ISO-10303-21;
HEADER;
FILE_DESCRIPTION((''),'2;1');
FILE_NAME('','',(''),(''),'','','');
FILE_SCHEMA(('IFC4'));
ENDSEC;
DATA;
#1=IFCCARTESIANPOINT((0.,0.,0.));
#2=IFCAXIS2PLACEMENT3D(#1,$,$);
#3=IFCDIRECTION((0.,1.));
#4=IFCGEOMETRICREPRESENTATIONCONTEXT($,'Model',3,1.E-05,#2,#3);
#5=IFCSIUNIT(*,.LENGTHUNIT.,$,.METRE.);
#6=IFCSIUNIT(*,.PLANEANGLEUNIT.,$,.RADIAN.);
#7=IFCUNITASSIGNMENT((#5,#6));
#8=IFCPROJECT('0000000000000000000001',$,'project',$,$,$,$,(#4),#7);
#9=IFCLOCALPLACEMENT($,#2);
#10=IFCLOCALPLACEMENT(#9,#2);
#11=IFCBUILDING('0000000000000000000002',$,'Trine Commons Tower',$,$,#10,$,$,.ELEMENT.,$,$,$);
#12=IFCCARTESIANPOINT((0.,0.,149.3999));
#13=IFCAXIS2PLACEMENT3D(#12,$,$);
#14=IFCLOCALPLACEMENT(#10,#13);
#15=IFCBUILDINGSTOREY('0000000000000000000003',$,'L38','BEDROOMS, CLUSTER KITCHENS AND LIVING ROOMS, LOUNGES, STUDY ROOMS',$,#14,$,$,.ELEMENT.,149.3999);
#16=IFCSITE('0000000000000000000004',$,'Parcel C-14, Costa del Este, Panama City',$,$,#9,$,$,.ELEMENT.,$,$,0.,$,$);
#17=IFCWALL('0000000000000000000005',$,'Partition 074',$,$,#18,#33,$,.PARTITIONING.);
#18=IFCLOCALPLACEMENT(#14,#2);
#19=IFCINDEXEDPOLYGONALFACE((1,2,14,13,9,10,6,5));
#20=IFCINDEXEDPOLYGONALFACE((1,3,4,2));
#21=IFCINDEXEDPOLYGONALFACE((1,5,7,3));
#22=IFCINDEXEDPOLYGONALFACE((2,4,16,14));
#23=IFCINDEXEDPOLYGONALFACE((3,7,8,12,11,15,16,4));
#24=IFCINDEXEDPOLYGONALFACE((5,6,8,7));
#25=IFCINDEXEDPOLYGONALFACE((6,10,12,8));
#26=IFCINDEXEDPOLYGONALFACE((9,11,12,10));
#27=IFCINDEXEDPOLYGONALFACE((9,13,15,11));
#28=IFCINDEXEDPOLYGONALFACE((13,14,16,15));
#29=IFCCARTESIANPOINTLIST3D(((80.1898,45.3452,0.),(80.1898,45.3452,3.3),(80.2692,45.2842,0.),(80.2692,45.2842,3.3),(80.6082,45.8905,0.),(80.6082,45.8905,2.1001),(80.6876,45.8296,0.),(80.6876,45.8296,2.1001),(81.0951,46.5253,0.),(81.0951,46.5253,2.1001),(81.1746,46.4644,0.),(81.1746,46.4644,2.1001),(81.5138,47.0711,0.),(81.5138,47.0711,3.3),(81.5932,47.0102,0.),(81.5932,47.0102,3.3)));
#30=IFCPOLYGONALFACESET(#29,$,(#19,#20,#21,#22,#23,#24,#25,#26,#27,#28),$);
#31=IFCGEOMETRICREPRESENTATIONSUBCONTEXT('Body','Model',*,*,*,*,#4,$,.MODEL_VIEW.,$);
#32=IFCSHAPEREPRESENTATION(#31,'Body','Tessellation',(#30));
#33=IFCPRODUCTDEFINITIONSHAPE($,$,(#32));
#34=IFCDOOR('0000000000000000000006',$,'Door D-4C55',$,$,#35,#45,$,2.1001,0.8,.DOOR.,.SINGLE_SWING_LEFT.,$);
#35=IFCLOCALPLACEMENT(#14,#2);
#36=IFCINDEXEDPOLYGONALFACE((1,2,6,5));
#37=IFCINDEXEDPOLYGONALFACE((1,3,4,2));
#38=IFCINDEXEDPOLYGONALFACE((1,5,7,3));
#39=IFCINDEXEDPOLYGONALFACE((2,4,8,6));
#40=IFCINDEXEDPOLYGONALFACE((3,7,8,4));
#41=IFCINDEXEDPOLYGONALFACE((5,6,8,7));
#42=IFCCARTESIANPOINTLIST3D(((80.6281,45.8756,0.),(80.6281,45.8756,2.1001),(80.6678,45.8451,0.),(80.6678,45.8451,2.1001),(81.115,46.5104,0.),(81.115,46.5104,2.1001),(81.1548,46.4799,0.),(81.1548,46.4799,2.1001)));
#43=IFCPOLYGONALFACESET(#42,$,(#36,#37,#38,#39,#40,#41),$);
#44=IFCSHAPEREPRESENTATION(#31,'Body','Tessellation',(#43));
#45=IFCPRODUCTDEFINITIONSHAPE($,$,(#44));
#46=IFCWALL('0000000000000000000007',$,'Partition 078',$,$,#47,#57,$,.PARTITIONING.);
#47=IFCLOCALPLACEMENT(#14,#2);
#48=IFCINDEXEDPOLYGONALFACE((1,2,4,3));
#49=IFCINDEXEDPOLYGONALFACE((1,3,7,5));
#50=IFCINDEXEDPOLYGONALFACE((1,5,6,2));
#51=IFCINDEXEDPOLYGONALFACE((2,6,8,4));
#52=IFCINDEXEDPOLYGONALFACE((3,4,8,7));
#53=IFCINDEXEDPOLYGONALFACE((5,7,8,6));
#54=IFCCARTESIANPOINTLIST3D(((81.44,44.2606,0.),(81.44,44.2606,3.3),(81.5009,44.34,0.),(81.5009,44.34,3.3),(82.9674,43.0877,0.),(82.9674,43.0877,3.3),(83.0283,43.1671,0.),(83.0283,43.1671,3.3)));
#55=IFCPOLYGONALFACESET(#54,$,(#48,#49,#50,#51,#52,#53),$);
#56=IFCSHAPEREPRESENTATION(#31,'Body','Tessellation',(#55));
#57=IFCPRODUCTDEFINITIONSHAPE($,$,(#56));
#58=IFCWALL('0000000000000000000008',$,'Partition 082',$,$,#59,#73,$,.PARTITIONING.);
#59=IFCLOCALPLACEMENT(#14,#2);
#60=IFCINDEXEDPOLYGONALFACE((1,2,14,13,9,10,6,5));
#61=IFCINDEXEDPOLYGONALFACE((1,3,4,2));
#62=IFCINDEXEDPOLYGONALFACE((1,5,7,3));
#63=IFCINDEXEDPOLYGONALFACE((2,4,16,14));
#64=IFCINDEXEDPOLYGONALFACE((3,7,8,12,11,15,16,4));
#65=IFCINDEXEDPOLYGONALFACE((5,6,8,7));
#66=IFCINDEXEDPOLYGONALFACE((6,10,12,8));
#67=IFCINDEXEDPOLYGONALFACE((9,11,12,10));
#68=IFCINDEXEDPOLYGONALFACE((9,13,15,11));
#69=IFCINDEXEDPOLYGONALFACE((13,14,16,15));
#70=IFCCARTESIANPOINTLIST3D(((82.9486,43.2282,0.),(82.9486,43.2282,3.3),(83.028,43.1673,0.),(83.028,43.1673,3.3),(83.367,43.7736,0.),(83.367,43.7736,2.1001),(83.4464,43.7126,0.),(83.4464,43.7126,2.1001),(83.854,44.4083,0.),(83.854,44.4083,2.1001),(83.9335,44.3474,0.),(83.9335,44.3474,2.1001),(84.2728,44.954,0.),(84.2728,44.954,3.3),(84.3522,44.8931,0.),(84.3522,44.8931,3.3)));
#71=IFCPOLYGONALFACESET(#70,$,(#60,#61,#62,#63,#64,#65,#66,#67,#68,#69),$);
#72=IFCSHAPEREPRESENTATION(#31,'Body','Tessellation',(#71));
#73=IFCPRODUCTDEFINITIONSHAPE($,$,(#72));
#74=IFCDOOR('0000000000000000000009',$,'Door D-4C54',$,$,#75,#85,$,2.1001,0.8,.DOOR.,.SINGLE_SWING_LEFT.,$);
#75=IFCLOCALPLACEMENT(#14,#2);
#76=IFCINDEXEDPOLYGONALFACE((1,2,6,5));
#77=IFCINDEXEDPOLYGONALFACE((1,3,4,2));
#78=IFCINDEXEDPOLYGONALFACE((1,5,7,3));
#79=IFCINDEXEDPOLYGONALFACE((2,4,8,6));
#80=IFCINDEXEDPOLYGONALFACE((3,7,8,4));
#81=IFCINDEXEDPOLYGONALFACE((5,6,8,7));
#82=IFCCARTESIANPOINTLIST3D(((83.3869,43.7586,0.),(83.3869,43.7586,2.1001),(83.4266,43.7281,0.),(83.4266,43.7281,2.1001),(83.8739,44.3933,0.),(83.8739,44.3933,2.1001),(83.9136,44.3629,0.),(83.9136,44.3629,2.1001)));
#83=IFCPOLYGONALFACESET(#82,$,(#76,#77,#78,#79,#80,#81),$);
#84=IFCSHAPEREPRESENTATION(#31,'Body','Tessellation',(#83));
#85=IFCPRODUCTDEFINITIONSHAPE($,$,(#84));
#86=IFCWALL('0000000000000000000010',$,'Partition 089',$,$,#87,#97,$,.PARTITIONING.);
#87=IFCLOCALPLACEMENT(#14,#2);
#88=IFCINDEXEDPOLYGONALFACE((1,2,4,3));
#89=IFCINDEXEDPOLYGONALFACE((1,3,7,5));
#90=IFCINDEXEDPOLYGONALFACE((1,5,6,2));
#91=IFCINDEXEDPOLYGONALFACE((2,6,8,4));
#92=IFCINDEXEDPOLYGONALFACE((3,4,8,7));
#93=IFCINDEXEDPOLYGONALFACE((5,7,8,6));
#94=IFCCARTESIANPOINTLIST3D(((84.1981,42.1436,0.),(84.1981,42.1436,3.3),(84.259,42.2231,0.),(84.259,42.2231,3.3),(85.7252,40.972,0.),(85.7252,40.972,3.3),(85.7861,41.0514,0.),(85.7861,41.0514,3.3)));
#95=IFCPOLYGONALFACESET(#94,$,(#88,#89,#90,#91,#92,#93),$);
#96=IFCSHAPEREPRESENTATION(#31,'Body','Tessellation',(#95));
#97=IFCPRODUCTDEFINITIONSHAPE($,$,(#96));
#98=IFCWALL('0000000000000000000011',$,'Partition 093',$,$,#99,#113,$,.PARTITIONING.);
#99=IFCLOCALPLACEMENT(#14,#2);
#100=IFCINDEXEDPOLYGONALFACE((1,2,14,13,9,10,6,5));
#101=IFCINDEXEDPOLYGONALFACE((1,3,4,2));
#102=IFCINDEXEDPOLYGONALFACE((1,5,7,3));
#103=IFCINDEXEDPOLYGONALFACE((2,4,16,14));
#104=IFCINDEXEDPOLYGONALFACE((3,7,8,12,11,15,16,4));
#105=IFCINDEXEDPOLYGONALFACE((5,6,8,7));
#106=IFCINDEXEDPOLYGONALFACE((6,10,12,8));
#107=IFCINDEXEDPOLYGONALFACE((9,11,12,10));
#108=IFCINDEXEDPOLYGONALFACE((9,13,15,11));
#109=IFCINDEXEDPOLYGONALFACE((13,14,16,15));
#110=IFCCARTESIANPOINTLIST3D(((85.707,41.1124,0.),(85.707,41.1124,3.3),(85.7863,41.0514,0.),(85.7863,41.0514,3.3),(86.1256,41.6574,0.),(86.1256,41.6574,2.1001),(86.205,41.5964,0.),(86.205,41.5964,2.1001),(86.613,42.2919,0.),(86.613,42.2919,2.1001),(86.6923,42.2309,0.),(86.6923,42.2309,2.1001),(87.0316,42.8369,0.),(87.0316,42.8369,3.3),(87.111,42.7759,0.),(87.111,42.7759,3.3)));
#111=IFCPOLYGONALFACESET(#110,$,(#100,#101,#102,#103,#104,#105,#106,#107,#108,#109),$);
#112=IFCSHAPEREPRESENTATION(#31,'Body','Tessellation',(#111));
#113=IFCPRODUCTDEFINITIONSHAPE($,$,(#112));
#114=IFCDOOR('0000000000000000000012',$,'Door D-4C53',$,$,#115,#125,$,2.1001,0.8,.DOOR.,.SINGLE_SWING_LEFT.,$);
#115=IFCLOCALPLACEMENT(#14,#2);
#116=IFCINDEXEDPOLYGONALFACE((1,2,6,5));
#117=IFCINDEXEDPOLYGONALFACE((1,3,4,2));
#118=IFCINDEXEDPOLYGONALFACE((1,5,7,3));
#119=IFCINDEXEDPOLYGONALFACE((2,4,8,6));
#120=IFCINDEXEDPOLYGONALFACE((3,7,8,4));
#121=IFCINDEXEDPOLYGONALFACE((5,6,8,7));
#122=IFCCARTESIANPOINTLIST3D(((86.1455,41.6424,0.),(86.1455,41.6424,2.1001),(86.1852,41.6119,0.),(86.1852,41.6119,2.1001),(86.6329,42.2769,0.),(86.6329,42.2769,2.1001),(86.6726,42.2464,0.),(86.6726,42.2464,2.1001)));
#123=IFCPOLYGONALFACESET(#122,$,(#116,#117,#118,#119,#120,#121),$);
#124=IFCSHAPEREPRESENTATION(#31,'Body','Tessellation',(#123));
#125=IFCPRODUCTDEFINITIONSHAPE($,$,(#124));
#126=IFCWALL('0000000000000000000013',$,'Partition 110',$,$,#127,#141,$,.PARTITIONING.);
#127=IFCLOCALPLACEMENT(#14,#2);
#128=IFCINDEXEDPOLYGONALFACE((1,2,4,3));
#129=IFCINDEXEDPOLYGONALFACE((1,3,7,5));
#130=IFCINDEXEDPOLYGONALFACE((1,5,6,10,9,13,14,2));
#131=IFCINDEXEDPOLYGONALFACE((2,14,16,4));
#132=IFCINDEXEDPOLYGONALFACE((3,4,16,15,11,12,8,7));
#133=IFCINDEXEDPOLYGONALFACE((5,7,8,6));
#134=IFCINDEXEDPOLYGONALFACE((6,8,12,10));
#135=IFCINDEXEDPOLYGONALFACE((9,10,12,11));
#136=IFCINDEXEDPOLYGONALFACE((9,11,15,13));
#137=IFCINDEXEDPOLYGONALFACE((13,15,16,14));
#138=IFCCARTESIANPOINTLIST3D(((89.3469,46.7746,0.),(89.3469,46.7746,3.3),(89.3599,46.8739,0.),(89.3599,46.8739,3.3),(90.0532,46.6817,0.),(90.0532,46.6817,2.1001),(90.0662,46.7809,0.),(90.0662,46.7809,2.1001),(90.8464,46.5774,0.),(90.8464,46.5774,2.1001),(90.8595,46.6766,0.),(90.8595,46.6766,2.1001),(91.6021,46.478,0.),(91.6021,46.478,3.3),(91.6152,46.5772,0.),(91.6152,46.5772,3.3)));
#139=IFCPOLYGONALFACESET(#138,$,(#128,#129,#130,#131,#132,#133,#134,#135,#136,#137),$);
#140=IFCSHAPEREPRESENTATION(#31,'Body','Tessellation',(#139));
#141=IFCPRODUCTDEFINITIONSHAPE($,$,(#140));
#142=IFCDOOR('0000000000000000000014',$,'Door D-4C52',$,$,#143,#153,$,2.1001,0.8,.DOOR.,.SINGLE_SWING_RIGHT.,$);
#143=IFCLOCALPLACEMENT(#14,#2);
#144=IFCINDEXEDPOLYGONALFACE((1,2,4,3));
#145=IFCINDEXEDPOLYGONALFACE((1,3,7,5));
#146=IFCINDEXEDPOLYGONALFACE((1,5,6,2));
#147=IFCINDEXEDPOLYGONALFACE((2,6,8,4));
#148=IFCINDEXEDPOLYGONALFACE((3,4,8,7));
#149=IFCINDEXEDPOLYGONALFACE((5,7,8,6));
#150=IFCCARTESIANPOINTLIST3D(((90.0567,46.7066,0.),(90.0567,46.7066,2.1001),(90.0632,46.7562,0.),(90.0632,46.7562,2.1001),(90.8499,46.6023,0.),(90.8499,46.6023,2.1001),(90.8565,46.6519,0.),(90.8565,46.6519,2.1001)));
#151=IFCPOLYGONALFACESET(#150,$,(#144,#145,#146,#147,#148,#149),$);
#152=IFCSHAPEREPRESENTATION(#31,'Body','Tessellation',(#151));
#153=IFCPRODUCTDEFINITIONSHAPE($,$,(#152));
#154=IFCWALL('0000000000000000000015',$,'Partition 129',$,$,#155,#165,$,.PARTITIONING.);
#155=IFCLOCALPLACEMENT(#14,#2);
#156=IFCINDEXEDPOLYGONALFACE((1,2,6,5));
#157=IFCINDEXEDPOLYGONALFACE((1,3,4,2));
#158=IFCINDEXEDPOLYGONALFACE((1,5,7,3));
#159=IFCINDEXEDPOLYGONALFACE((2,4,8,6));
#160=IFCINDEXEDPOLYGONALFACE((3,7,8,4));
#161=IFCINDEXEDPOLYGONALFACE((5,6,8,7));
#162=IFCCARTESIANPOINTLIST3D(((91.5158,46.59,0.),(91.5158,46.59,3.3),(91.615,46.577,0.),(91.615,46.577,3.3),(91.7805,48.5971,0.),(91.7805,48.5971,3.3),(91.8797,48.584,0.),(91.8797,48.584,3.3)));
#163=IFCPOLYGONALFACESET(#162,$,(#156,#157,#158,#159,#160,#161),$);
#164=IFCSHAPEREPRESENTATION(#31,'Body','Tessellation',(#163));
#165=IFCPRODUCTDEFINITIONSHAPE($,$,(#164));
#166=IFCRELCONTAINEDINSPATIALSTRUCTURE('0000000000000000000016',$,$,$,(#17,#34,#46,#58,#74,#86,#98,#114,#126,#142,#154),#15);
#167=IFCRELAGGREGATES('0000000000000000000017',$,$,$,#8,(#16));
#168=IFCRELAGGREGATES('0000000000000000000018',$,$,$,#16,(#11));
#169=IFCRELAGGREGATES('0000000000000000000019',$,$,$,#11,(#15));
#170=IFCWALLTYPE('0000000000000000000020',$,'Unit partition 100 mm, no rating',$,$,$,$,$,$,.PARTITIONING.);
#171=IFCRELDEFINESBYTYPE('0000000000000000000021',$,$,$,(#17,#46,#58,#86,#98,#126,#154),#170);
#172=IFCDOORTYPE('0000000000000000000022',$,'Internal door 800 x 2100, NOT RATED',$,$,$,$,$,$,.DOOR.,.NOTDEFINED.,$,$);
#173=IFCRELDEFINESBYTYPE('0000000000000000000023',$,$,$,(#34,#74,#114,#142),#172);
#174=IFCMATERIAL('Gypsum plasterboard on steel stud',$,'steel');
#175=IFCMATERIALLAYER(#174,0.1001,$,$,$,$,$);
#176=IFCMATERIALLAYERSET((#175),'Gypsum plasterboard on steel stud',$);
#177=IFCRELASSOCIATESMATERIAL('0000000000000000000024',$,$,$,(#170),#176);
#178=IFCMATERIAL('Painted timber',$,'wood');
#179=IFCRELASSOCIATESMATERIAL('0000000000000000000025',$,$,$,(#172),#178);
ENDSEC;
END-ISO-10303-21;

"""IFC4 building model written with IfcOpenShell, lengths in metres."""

from ifc_helpers import new_model, si_unit, direction, frame, frame_2d, origin, place, context, subcontext, project, spatial, rectangle, extrude, material, layer, layer_set, type_object, element, fill, save


model = new_model("IFC4")

# Units and contexts
model_context = context("Model", 3, precision=1e-05, world=origin(), true_north=direction((0.0, 1.0)))
body_context = subcontext(model_context, "Body", "Model", "MODEL_VIEW")
ifc_project = project(units=[si_unit("LENGTHUNIT", "METRE"), si_unit("PLANEANGLEUNIT", "RADIAN")], contexts=[model_context])

# Site, building, storey
site_placement = place(None, origin())
site = spatial("IfcSite", under=ifc_project, at=site_placement, Name="Parcel C-14, Costa del Este, Panama City", CompositionType="ELEMENT", RefElevation=0.0)
building_placement = place(site_placement, origin())
building = spatial("IfcBuilding", under=site, at=building_placement, Name="Trine Commons Tower", CompositionType="ELEMENT")
storey_placement = place(building_placement, frame((0.0, 0.0, 149.3999)))
storey = spatial("IfcBuildingStorey", under=building, at=storey_placement, Name="L38", Description="BEDROOMS, CLUSTER KITCHENS AND LIVING ROOMS, LOUNGES, STUDY ROOMS", CompositionType="ELEMENT", Elevation=149.3999)

# Shared definitions
ifc_material_1 = material(Name="Gypsum plasterboard on steel stud", Category="steel")

# Shared definitions
ifc_material_2 = material(Name="Painted timber", Category="wood")

# Wall, opening, door
ifc_layer_1 = layer(ifc_material_1, 0.1001)
ifc_layer_set_1 = layer_set([ifc_layer_1], Name="Gypsum plasterboard on steel stud")
wall_type_1 = type_object("IfcWallType", Name="Unit partition 100 mm, no rating", PredefinedType="PARTITIONING", material=ifc_layer_set_1)
wall_1_placement = place(storey_placement, frame((80.2295, 45.3147, 0.0), z_axis=(0.0, 0.0, 1.0), x_axis=(0.608674, 0.79342, 0.0)))
wall_1 = element("IfcWall", 1, at=wall_1_placement, inside=storey, type_object=wall_type_1, Name="Partition 074", PredefinedType="PARTITIONING", context=body_context, shape_type="SweptSolid", body=[
    extrude(rectangle(XDim=2.1753, YDim=0.1001, at=frame_2d((1.0876, 0.0))), origin(), (0.0, 0.0, 1.0), 3.3),
])
opening_1_placement = place(wall_1_placement, frame((0.6875, 0.0, 0.0)))
opening_1 = element("IfcOpeningElement", 2, at=opening_1_placement, cuts=wall_1, PredefinedType="OPENING", context=body_context, shape_type="SweptSolid", body=[
    extrude(rectangle(XDim=0.8, YDim=2.1001, at=frame_2d((0.3999, 1.05))), frame((0.0, 0.0601, 0.0), z_axis=(0.0, -1.0, 0.0), x_axis=(1.0, 0.0, 0.0)), (0.0, 0.0, 1.0), 0.1201),
])
door_type_1 = type_object("IfcDoorType", Name="Internal door 800 x 2100, NOT RATED", OperationType="NOTDEFINED", PredefinedType="DOOR", material=ifc_material_2)
door_1_placement = place(opening_1_placement, frame((0.8, 0.0, 0.0), z_axis=(0.0, 0.0, 1.0), x_axis=(-1.0, 0.0, 0.0)))
door_1 = element("IfcDoor", 3, at=door_1_placement, inside=storey, type_object=door_type_1, Name="Door D-4C55", OperationType="SINGLE_SWING_LEFT", OverallHeight=2.1001, OverallWidth=0.8, PredefinedType="DOOR", context=body_context, shape_type="SweptSolid", body=[
    extrude(rectangle(XDim=0.8, YDim=2.1001, at=frame_2d((0.3999, 1.05))), frame((0.0, 0.0249, 0.0), z_axis=(0.0, -1.0, 0.0), x_axis=(1.0, 0.0, 0.0)), (0.0, 0.0, 1.0), 0.05),
])
fill(opening_1, door_1)

# Wall
wall_2_placement = place(storey_placement, frame((81.4705, 44.3003, 0.0), z_axis=(0.0, 0.0, 1.0), x_axis=(0.793133, -0.609049, 0.0)))
element("IfcWall", 4, at=wall_2_placement, inside=storey, type_object=wall_type_1, Name="Partition 078", PredefinedType="PARTITIONING", context=body_context, shape_type="SweptSolid", body=[
    extrude(rectangle(XDim=1.9258, YDim=0.1001, at=frame_2d((0.9629, 0.0))), origin(), (0.0, 0.0, 1.0), 3.3),
])

# Wall, opening, door
wall_3_placement = place(storey_placement, frame((82.9883, 43.1978, 0.0), z_axis=(0.0, 0.0, 1.0), x_axis=(0.608745, 0.793366, 0.0)))
wall_3 = element("IfcWall", 5, at=wall_3_placement, inside=storey, type_object=wall_type_1, Name="Partition 082", PredefinedType="PARTITIONING", context=body_context, shape_type="SweptSolid", body=[
    extrude(rectangle(XDim=2.1753, YDim=0.1001, at=frame_2d((1.0876, 0.0))), origin(), (0.0, 0.0, 1.0), 3.3),
])
opening_2_placement = place(wall_3_placement, frame((0.6875, 0.0, 0.0)))
opening_2 = element("IfcOpeningElement", 6, at=opening_2_placement, cuts=wall_3, PredefinedType="OPENING", context=body_context, shape_type="SweptSolid", body=[
    extrude(rectangle(XDim=0.8, YDim=2.1001, at=frame_2d((0.3999, 1.05))), frame((0.0, 0.0601, 0.0), z_axis=(0.0, -1.0, 0.0), x_axis=(1.0, 0.0, 0.0)), (0.0, 0.0, 1.0), 0.1201),
])
door_2_placement = place(opening_2_placement, frame((0.8, 0.0, 0.0), z_axis=(0.0, 0.0, 1.0), x_axis=(-1.0, 0.0, 0.0)))
door_2 = element("IfcDoor", 7, at=door_2_placement, inside=storey, type_object=door_type_1, Name="Door D-4C54", OperationType="SINGLE_SWING_LEFT", OverallHeight=2.1001, OverallWidth=0.8, PredefinedType="DOOR", context=body_context, shape_type="SweptSolid", body=[
    extrude(rectangle(XDim=0.8, YDim=2.1001, at=frame_2d((0.3999, 1.05))), frame((0.0, 0.0249, 0.0), z_axis=(0.0, -1.0, 0.0), x_axis=(1.0, 0.0, 0.0)), (0.0, 0.0, 1.0), 0.05),
])
fill(opening_2, door_2)

# Wall
wall_4_placement = place(storey_placement, frame((84.2285, 42.1833, 0.0), z_axis=(0.0, 0.0, 1.0), x_axis=(0.793392, -0.608711, 0.0)))
element("IfcWall", 8, at=wall_4_placement, inside=storey, type_object=wall_type_1, Name="Partition 089", PredefinedType="PARTITIONING", context=body_context, shape_type="SweptSolid", body=[
    extrude(rectangle(XDim=1.9248, YDim=0.1001, at=frame_2d((0.9624, 0.0))), origin(), (0.0, 0.0, 1.0), 3.3),
])

# Walls, openings, doors
wall_5_placement = place(storey_placement, frame((85.7466, 41.0818, 0.0), z_axis=(0.0, 0.0, 1.0), x_axis=(0.609157, 0.793049, 0.0)))
wall_5 = element("IfcWall", 9, at=wall_5_placement, inside=storey, type_object=wall_type_1, Name="Partition 093", PredefinedType="PARTITIONING", context=body_context, shape_type="SweptSolid", body=[
    extrude(rectangle(XDim=2.1746, YDim=0.1001, at=frame_2d((1.0874, 0.0))), origin(), (0.0, 0.0, 1.0), 3.3),
])
opening_3_placement = place(wall_5_placement, frame((0.6875, 0.0, 0.0)))
opening_3 = element("IfcOpeningElement", 10, at=opening_3_placement, cuts=wall_5, PredefinedType="OPENING", context=body_context, shape_type="SweptSolid", body=[
    extrude(rectangle(XDim=0.8, YDim=2.1001, at=frame_2d((0.3999, 1.05))), frame((0.0, 0.0601, 0.0), z_axis=(0.0, -1.0, 0.0), x_axis=(1.0, 0.0, 0.0)), (0.0, 0.0, 1.0), 0.1201),
])
door_3_placement = place(opening_3_placement, frame((0.8, 0.0, 0.0), z_axis=(0.0, 0.0, 1.0), x_axis=(-1.0, 0.0, 0.0)))
door_3 = element("IfcDoor", 11, at=door_3_placement, inside=storey, type_object=door_type_1, Name="Door D-4C53", OperationType="SINGLE_SWING_LEFT", OverallHeight=2.1001, OverallWidth=0.8, PredefinedType="DOOR", context=body_context, shape_type="SweptSolid", body=[
    extrude(rectangle(XDim=0.8, YDim=2.1001, at=frame_2d((0.3999, 1.05))), frame((0.0, 0.0249, 0.0), z_axis=(0.0, -1.0, 0.0), x_axis=(1.0, 0.0, 0.0)), (0.0, 0.0, 1.0), 0.05),
])
fill(opening_3, door_3)
wall_6_placement = place(storey_placement, frame((89.3535, 46.8242, 0.0), z_axis=(0.0, 0.0, 1.0), x_axis=(0.99146, -0.130413, 0.0)))
wall_6 = element("IfcWall", 12, at=wall_6_placement, inside=storey, type_object=wall_type_1, Name="Partition 110", PredefinedType="PARTITIONING", context=body_context, shape_type="SweptSolid", body=[
    extrude(rectangle(XDim=2.2747, YDim=0.1001, at=frame_2d((1.1372, 0.0))), origin(), (0.0, 0.0, 1.0), 3.3),
])
opening_4_placement = place(wall_6_placement, frame((0.7124, 0.0, 0.0)))
opening_4 = element("IfcOpeningElement", 13, at=opening_4_placement, cuts=wall_6, PredefinedType="OPENING", context=body_context, shape_type="SweptSolid", body=[
    extrude(rectangle(XDim=0.8, YDim=2.1001, at=frame_2d((0.3999, 1.05))), frame((0.0, 0.0601, 0.0), z_axis=(0.0, -1.0, 0.0), x_axis=(1.0, 0.0, 0.0)), (0.0, 0.0, 1.0), 0.1201),
])
door_4_placement = place(opening_4_placement, frame((0.8, 0.0, 0.0), z_axis=(0.0, 0.0, 1.0), x_axis=(-1.0, 0.0, 0.0)))
door_4 = element("IfcDoor", 14, at=door_4_placement, inside=storey, type_object=door_type_1, Name="Door D-4C52", OperationType="SINGLE_SWING_RIGHT", OverallHeight=2.1001, OverallWidth=0.8, PredefinedType="DOOR", context=body_context, shape_type="SweptSolid", body=[
    extrude(rectangle(XDim=0.8, YDim=2.1001, at=frame_2d((0.3999, 1.05))), frame((0.0, 0.0249, 0.0), z_axis=(0.0, -1.0, 0.0), x_axis=(1.0, 0.0, 0.0)), (0.0, 0.0, 1.0), 0.05),
])
fill(opening_4, door_4)

# Wall
wall_7_placement = place(storey_placement, frame((91.5654, 46.5835, 0.0), z_axis=(0.0, 0.0, 1.0), x_axis=(0.130726, 0.991419, 0.0)))
element("IfcWall", 15, at=wall_7_placement, inside=storey, type_object=wall_type_1, Name="Partition 129", PredefinedType="PARTITIONING", context=body_context, shape_type="SweptSolid", body=[
    extrude(rectangle(XDim=2.0244, YDim=0.1001, at=frame_2d((1.0122, 0.0))), origin(), (0.0, 0.0, 1.0), 3.3),
])

save(model, "model.ifc")
